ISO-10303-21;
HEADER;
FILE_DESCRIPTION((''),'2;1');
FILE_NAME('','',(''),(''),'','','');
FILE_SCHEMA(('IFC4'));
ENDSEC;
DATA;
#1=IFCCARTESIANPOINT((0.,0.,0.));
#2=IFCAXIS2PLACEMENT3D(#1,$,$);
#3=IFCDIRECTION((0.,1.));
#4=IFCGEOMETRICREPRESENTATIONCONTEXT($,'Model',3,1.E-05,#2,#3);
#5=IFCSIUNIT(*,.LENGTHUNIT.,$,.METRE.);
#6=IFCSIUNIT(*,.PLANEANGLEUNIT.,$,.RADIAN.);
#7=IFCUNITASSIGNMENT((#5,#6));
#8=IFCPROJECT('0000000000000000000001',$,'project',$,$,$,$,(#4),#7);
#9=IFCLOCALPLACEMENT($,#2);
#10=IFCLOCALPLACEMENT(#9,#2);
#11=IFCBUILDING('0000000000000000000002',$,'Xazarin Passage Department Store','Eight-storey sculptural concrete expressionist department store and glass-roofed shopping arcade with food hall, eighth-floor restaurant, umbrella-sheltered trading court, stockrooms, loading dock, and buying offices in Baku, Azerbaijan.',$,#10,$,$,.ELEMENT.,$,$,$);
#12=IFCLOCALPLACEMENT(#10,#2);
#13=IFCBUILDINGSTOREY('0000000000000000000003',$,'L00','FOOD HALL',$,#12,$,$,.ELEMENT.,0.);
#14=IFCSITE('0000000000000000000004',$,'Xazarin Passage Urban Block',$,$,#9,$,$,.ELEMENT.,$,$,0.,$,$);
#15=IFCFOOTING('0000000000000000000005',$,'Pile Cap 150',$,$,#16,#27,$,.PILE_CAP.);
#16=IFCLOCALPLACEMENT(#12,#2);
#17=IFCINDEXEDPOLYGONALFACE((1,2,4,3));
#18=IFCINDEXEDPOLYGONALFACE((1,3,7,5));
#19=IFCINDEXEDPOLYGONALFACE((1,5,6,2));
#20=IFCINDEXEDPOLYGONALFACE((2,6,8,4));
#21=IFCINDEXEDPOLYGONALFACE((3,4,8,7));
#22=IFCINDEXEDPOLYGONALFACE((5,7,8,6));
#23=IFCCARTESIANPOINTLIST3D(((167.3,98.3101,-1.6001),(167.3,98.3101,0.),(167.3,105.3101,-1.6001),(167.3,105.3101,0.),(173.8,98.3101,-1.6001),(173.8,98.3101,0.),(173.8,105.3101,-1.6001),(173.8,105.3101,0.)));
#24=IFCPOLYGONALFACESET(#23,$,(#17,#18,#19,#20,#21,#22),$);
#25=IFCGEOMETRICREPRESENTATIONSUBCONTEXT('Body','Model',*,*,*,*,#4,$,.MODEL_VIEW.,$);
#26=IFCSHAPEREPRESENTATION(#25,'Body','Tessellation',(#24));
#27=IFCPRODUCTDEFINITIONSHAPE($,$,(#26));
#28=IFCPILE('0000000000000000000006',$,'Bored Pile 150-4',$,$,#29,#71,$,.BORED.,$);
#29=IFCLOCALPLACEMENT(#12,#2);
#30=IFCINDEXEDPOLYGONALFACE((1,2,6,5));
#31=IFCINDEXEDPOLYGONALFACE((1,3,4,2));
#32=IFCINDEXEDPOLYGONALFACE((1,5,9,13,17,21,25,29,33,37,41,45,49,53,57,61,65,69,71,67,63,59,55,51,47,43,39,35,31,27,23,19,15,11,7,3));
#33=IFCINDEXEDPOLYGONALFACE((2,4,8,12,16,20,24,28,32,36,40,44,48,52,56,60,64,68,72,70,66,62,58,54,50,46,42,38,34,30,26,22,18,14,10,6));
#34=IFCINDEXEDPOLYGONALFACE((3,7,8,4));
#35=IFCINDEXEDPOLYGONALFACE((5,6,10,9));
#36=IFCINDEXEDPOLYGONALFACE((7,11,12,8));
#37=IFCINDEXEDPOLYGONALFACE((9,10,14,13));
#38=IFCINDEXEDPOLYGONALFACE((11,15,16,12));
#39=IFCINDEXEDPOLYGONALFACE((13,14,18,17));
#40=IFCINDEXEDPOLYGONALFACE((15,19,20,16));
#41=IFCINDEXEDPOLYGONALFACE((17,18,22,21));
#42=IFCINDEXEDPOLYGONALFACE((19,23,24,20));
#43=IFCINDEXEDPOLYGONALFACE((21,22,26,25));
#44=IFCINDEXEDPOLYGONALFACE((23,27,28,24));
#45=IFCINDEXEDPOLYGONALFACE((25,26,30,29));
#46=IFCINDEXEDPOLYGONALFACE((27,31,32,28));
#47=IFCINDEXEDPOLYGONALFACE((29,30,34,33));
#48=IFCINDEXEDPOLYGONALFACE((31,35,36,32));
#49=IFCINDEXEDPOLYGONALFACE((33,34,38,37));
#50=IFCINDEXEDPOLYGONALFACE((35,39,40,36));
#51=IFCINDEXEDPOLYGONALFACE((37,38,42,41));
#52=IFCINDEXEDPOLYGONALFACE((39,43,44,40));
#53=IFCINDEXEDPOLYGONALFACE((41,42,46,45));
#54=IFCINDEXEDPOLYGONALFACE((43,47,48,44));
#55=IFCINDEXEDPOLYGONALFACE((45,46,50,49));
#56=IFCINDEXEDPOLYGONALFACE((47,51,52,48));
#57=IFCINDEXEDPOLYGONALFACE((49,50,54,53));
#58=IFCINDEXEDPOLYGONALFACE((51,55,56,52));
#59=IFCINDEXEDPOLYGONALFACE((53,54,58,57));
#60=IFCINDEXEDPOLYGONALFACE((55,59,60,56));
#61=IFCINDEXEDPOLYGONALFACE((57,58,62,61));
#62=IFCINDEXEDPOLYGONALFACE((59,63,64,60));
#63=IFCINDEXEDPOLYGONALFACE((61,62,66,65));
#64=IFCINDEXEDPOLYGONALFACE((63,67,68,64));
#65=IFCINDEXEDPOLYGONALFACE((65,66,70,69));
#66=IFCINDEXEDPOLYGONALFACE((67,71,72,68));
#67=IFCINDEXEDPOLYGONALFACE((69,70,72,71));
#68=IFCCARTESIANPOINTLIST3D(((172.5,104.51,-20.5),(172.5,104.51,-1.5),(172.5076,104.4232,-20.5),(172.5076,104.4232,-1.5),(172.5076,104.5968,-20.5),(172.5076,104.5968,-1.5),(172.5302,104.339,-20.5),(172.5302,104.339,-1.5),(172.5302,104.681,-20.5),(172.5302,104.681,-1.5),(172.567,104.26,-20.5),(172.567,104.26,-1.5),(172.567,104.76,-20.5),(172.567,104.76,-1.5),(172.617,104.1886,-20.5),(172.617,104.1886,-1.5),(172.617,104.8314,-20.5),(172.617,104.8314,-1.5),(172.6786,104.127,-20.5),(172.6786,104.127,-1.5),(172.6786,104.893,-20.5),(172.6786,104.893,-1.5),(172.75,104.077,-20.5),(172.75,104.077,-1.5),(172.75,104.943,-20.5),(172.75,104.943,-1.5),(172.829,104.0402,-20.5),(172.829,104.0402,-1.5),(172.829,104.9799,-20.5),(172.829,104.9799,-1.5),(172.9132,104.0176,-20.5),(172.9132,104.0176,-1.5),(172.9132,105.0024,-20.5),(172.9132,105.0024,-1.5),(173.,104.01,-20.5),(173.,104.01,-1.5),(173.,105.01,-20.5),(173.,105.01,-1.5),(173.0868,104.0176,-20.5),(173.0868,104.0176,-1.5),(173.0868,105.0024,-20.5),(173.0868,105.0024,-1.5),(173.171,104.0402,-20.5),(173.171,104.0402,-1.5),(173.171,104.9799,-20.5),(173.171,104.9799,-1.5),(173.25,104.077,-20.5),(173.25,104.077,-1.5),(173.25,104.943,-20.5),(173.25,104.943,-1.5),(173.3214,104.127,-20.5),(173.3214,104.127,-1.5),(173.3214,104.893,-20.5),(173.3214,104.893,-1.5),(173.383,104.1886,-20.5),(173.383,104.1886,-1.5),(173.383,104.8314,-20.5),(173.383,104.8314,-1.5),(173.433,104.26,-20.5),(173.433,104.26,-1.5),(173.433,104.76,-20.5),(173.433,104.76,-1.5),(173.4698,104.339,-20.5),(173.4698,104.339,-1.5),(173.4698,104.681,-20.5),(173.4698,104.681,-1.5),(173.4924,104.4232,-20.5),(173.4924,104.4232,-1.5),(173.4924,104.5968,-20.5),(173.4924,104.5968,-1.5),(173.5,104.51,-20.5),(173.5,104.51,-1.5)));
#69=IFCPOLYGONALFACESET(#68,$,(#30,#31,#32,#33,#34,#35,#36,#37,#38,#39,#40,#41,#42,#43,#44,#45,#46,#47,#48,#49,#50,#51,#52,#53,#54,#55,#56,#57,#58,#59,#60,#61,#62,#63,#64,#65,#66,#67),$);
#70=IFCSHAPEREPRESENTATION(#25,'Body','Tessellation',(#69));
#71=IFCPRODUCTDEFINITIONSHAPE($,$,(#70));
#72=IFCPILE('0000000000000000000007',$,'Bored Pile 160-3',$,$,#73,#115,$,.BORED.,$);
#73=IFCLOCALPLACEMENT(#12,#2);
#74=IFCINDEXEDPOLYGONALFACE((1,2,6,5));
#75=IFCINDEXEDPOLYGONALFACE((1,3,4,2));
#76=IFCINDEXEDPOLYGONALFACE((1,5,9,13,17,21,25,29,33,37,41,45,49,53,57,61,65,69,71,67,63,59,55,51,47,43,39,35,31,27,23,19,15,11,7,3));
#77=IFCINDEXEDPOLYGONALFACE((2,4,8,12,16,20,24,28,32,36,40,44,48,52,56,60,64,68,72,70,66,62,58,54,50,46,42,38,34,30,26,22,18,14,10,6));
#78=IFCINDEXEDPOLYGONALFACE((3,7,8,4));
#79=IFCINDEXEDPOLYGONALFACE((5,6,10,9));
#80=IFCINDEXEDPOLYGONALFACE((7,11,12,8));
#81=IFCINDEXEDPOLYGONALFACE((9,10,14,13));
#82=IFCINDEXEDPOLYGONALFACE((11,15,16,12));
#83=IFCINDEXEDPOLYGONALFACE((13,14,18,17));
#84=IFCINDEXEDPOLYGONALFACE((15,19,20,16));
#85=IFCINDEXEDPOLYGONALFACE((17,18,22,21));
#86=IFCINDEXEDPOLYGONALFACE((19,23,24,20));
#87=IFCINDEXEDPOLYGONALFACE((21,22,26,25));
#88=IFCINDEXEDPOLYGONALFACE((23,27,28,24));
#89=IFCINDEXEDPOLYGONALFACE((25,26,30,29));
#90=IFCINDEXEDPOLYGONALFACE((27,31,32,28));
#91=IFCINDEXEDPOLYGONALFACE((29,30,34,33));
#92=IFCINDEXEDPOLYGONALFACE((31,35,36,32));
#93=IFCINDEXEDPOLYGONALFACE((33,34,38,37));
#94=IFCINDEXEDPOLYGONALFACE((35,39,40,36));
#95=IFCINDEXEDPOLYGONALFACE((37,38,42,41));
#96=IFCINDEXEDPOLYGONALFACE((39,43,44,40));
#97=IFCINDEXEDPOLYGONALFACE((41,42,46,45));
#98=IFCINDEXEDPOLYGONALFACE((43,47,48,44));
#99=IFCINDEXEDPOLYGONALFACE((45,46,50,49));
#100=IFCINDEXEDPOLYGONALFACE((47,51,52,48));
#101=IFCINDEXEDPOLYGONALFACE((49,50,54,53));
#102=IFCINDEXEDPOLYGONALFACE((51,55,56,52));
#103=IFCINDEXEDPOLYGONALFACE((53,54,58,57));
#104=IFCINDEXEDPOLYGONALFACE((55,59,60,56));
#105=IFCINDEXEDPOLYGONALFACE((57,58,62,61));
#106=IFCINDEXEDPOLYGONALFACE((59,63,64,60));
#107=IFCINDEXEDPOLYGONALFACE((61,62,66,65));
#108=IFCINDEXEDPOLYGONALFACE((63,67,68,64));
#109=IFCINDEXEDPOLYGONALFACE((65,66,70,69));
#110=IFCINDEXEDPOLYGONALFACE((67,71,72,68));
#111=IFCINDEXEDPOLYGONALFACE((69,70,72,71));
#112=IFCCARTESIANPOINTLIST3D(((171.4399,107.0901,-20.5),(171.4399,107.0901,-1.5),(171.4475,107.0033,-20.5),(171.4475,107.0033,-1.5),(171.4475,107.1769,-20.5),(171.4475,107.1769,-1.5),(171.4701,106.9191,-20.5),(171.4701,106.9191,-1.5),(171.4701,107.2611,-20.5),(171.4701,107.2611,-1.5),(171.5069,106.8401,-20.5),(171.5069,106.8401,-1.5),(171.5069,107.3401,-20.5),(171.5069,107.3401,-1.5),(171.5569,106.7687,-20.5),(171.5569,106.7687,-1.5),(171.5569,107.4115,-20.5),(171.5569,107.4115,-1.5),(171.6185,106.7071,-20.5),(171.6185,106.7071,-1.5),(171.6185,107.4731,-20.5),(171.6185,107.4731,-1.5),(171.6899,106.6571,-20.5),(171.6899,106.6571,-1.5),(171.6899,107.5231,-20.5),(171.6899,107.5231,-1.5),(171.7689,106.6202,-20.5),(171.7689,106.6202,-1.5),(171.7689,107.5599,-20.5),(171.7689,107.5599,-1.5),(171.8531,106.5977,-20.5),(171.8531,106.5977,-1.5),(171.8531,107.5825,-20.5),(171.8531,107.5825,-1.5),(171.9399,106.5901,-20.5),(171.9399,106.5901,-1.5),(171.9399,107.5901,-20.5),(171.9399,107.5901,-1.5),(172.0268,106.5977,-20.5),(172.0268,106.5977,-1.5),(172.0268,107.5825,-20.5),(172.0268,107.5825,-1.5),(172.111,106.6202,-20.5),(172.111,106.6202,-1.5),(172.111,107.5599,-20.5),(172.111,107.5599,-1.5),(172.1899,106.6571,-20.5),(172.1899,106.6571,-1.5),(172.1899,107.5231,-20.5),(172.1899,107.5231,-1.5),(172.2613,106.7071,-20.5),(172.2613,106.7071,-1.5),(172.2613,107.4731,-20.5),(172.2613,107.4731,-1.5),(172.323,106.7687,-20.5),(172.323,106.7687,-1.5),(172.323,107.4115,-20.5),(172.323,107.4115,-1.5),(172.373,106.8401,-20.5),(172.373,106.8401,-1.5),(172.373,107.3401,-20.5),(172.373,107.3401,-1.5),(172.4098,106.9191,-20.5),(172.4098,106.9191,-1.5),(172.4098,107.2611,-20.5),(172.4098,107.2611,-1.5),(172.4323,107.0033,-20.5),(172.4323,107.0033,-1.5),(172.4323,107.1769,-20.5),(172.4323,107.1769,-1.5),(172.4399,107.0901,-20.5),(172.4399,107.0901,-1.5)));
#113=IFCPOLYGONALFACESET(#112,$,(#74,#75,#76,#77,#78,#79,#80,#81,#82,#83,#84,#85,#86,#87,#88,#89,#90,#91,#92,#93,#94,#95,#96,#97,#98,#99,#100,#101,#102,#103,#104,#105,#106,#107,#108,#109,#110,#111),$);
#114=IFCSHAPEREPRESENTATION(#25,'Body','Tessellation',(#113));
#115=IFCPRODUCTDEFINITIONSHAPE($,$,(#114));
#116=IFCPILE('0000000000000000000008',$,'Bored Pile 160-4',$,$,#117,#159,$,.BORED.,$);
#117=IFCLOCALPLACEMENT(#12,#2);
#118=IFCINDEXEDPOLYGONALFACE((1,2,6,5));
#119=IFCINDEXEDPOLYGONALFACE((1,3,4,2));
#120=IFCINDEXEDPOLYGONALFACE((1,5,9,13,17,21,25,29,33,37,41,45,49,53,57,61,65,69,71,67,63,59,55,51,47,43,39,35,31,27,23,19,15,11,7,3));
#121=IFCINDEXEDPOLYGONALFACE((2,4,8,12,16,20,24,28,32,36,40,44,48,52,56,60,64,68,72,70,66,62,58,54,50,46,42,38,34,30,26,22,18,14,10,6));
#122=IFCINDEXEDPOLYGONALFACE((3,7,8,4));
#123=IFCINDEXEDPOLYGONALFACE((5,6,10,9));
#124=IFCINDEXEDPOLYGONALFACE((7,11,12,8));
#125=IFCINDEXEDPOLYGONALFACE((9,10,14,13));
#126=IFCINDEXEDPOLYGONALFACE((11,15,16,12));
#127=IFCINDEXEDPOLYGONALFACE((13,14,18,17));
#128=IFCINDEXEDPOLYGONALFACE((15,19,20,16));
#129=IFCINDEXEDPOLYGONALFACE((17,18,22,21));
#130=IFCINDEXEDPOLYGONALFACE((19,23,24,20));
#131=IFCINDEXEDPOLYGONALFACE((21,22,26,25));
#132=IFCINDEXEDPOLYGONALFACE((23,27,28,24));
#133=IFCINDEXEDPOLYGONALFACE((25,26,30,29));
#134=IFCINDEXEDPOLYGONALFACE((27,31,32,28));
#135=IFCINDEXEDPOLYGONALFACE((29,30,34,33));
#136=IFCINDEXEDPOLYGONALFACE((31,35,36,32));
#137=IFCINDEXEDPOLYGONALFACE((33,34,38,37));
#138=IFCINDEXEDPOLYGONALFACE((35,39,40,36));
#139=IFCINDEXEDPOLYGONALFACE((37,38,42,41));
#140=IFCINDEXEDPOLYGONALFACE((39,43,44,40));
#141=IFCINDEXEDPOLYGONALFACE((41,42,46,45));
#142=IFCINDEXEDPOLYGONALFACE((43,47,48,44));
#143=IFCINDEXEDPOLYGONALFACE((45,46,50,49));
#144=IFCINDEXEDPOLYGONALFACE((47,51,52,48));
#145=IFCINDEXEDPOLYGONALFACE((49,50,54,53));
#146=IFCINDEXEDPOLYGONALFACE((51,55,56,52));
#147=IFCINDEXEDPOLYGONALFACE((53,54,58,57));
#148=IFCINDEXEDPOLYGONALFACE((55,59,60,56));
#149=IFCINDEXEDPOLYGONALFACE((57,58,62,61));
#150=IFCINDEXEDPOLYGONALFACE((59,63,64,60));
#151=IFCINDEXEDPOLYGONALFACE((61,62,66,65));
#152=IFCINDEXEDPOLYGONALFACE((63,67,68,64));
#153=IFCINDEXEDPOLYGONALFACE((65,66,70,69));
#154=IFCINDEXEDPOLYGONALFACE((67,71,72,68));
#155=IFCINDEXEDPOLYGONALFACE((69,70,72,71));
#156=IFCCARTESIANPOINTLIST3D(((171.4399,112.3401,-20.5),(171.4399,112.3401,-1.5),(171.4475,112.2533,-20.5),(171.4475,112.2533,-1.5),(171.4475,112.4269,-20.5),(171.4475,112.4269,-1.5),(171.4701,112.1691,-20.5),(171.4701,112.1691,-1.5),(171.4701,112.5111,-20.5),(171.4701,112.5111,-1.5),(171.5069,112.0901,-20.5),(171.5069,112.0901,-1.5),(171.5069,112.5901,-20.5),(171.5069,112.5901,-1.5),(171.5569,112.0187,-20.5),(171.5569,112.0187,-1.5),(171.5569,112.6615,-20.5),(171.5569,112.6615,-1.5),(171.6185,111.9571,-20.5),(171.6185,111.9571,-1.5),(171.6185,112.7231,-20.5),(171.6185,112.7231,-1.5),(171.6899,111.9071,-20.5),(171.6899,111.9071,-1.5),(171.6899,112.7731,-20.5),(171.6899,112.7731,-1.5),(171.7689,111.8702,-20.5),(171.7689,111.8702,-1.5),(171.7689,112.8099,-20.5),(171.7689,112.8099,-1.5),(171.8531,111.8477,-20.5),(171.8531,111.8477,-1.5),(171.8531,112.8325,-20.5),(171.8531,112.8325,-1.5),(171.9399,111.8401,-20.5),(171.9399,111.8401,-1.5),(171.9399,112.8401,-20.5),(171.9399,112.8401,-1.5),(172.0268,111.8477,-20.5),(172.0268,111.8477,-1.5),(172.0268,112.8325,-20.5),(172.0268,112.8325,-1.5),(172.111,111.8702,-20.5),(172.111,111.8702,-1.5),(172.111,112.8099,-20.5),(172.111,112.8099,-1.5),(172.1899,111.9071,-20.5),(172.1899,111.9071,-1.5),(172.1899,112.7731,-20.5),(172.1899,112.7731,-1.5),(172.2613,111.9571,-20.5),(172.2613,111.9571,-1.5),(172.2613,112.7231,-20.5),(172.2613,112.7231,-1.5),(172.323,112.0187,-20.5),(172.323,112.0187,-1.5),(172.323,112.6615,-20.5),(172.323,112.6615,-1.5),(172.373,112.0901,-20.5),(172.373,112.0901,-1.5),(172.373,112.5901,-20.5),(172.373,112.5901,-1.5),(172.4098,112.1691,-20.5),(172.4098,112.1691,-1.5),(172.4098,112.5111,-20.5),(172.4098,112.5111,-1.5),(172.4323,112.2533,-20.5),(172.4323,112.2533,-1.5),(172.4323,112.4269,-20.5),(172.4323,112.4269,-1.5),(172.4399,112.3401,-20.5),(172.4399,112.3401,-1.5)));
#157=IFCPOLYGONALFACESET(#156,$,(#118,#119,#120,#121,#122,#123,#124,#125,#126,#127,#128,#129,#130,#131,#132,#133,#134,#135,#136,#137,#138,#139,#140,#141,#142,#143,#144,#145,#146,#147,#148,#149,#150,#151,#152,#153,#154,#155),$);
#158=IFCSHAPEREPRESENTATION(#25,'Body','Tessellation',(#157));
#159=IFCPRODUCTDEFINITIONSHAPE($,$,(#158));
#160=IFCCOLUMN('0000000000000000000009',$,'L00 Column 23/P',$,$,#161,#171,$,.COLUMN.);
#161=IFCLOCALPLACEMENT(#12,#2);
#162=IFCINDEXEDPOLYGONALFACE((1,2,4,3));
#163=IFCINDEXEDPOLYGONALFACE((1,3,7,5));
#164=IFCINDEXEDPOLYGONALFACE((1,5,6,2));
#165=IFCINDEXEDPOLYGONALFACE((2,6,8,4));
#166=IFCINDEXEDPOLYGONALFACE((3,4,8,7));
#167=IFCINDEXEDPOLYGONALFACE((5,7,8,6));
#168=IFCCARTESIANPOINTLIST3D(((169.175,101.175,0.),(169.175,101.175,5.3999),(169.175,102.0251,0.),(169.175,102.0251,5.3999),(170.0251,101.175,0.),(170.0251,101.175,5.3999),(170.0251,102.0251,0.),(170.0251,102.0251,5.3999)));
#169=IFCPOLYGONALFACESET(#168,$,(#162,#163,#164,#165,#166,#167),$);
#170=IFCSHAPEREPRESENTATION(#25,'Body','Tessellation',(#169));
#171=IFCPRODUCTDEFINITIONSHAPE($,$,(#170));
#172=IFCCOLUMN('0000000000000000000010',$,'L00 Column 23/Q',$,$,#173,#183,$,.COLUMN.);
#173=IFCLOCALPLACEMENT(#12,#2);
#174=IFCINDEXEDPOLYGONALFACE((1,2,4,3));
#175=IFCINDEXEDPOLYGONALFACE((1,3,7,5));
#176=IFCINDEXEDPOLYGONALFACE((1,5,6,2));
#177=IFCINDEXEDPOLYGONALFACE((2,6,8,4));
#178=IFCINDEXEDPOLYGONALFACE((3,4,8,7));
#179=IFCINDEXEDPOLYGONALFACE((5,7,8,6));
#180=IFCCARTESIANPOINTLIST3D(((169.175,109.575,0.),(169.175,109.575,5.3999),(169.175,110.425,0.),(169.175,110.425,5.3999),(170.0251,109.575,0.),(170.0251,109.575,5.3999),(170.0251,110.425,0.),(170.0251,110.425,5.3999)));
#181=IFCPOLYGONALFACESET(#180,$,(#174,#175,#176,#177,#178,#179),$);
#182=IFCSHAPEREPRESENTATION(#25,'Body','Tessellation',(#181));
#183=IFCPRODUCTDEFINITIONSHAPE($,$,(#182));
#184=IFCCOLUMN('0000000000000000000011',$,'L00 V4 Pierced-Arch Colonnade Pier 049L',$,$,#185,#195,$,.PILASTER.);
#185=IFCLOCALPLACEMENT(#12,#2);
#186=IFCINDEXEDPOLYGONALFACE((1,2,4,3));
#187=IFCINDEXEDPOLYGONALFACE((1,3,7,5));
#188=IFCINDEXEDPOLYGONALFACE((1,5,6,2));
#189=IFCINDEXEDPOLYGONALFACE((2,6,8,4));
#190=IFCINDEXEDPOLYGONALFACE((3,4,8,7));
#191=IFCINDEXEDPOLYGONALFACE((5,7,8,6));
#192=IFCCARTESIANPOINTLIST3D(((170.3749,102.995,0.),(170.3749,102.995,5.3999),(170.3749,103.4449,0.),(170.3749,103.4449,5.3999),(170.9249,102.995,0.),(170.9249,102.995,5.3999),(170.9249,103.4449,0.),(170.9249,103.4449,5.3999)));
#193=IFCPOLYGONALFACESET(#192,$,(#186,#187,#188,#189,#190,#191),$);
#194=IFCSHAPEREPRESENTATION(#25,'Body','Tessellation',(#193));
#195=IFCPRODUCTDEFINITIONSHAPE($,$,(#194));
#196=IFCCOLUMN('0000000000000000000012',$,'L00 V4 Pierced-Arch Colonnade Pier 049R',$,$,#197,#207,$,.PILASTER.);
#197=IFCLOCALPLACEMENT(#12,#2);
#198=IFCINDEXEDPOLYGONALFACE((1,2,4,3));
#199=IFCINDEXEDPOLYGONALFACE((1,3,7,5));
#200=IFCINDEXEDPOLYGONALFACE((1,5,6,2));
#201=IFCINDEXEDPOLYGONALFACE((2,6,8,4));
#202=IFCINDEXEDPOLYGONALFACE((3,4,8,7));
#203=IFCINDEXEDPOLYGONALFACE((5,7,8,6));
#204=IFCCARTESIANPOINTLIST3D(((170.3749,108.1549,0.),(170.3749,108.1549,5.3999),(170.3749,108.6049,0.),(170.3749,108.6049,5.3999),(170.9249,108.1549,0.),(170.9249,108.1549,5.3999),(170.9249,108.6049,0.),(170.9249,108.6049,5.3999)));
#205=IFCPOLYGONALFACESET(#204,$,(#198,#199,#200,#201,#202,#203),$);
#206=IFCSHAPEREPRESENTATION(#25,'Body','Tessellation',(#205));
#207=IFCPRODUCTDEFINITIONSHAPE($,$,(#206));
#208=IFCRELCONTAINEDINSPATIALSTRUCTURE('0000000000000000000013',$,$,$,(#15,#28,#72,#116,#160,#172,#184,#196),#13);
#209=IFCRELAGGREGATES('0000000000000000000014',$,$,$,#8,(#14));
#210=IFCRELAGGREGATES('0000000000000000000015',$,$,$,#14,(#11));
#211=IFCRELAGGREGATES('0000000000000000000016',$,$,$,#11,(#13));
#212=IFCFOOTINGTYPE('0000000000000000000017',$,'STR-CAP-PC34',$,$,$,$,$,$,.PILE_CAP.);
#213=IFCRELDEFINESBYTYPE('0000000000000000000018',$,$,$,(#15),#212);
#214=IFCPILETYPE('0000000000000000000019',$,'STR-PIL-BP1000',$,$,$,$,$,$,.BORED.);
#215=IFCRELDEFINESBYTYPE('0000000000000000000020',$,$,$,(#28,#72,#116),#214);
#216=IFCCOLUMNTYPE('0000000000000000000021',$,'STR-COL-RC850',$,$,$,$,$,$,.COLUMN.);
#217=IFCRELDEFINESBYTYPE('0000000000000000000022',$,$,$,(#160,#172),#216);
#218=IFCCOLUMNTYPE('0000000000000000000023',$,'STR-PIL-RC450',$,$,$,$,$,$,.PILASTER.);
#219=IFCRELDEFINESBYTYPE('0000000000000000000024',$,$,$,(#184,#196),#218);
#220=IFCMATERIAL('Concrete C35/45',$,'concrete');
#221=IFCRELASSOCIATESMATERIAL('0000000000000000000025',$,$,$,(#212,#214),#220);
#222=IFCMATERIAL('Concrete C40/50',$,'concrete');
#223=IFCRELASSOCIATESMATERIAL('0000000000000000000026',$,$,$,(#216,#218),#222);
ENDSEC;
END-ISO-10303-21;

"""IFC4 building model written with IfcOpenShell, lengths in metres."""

from ifc_helpers import new_model, si_unit, direction, frame, origin, origin_2d, place, context, subcontext, project, spatial, rectangle, circle, extrude, material, material_profile, profile_set, type_object, element, save


model = new_model("IFC4")

# Units and contexts
model_context = context("Model", 3, precision=1e-05, world=origin(), true_north=direction((0.0, 1.0)))
body_context = subcontext(model_context, "Body", "Model", "MODEL_VIEW")
ifc_project = project(units=[si_unit("LENGTHUNIT", "METRE"), si_unit("PLANEANGLEUNIT", "RADIAN")], contexts=[model_context])

# Site, building, storey
site_placement = place(None, origin())
site = spatial("IfcSite", under=ifc_project, at=site_placement, Name="Xazarin Passage Urban Block", CompositionType="ELEMENT", RefElevation=0.0)
building_placement = place(site_placement, origin())
building = spatial("IfcBuilding", under=site, at=building_placement, Name="Xazarin Passage Department Store", Description="Eight-storey sculptural concrete expressionist department store and glass-roofed shopping arcade with food hall, eighth-floor restaurant, umbrella-sheltered trading court, stockrooms, loading dock, and buying offices in Baku, Azerbaijan.", CompositionType="ELEMENT")
storey_placement = place(building_placement, origin())
storey = spatial("IfcBuildingStorey", under=building, at=storey_placement, Name="L00", Description="FOOD HALL", CompositionType="ELEMENT", Elevation=0.0)

# Footing
ifc_material_1 = material(Name="Concrete C35/45", Category="concrete")
footing_type = type_object("IfcFootingType", Name="STR-CAP-PC34", PredefinedType="PILE_CAP", material=ifc_material_1)
footing_placement = place(storey_placement, frame((170.55, 101.8101, -1.6001), z_axis=(0.0, 0.0, 1.0), x_axis=(0.0, 1.0, 0.0)))
element("IfcFooting", 1, at=footing_placement, inside=storey, type_object=footing_type, Name="Pile Cap 150", PredefinedType="PILE_CAP", context=body_context, shape_type="SweptSolid", body=[
    extrude(rectangle(XDim=7.0, YDim=6.5, at=origin_2d()), origin(), (0.0, 0.0, 1.0), 1.6001),
])

# Piles
ifc_material_profile_1 = material_profile(ifc_material_1, circle(Radius=0.5, at=origin_2d()), Name="BP 1000")
ifc_profile_set_1 = profile_set([ifc_material_profile_1], Name="Concrete C35/45")
pile_type = type_object("IfcPileType", Name="STR-PIL-BP1000", PredefinedType="BORED", material=ifc_profile_set_1)
for number, where, z_axis, x_axis, name in (
    (2, (173.0, 104.51, -1.5), (0.0, 0.0, -1.0), (1.0, 0.0, 0.0), "Bored Pile 150-4"),
    (3, (171.9399, 107.0901, -1.5), (0.0, 0.0, -1.0), (1.0, 0.0, 0.0), "Bored Pile 160-3"),
    (4, (171.9399, 112.3401, -1.5), (0.0, 0.0, -1.0), (1.0, 0.0, 0.0), "Bored Pile 160-4"),
):
    element("IfcPile", number, at=place(storey_placement, frame(where, z_axis=z_axis, x_axis=x_axis)), inside=storey, type_object=pile_type, Name=name, PredefinedType="BORED", context=body_context, shape_type="SweptSolid", body=[
        extrude(circle(Radius=0.5, at=origin_2d()), origin(), (0.0, 0.0, 1.0), 19.0),
    ])

# Columns
ifc_material_2 = material(Name="Concrete C40/50", Category="concrete")
ifc_material_profile_2 = material_profile(ifc_material_2, rectangle(XDim=0.8501, YDim=0.8501, at=origin_2d()), Name="RC 850x850")
ifc_profile_set_2 = profile_set([ifc_material_profile_2], Name="Concrete C40/50")
column_type_1 = type_object("IfcColumnType", Name="STR-COL-RC850", PredefinedType="COLUMN", material=ifc_profile_set_2)
for number, where, z_axis, x_axis, name in (
    (5, (169.6001, 101.6001, 0.0), (0.0, 0.0, 1.0), (1.0, 0.0, 0.0), "L00 Column 23/P"),
    (6, (169.6001, 110.0, 0.0), (0.0, 0.0, 1.0), (1.0, 0.0, 0.0), "L00 Column 23/Q"),
):
    element("IfcColumn", number, at=place(storey_placement, frame(where, z_axis=z_axis, x_axis=x_axis)), inside=storey, type_object=column_type_1, Name=name, PredefinedType="COLUMN", context=body_context, shape_type="SweptSolid", body=[
        extrude(rectangle(XDim=0.8501, YDim=0.8501, at=origin_2d()), origin(), (0.0, 0.0, 1.0), 5.3999),
    ])
ifc_material_profile_3 = material_profile(ifc_material_2, rectangle(XDim=0.45, YDim=0.55, at=origin_2d()), Name="RC 450x550")
ifc_profile_set_3 = profile_set([ifc_material_profile_3], Name="Concrete C40/50")
column_type_2 = type_object("IfcColumnType", Name="STR-PIL-RC450", PredefinedType="PILASTER", material=ifc_profile_set_3)
for number, where, z_axis, x_axis, name in (
    (7, (170.6499, 103.22, 0.0), (0.0, 0.0, 1.0), (0.0, 1.0, 0.0), "L00 V4 Pierced-Arch Colonnade Pier 049L"),
    (8, (170.6499, 108.3799, 0.0), (0.0, 0.0, 1.0), (0.0, 1.0, 0.0), "L00 V4 Pierced-Arch Colonnade Pier 049R"),
):
    element("IfcColumn", number, at=place(storey_placement, frame(where, z_axis=z_axis, x_axis=x_axis)), inside=storey, type_object=column_type_2, Name=name, PredefinedType="PILASTER", context=body_context, shape_type="SweptSolid", body=[
        extrude(rectangle(XDim=0.45, YDim=0.55, at=origin_2d()), origin(), (0.0, 0.0, 1.0), 5.3999),
    ])

save(model, "model.ifc")
